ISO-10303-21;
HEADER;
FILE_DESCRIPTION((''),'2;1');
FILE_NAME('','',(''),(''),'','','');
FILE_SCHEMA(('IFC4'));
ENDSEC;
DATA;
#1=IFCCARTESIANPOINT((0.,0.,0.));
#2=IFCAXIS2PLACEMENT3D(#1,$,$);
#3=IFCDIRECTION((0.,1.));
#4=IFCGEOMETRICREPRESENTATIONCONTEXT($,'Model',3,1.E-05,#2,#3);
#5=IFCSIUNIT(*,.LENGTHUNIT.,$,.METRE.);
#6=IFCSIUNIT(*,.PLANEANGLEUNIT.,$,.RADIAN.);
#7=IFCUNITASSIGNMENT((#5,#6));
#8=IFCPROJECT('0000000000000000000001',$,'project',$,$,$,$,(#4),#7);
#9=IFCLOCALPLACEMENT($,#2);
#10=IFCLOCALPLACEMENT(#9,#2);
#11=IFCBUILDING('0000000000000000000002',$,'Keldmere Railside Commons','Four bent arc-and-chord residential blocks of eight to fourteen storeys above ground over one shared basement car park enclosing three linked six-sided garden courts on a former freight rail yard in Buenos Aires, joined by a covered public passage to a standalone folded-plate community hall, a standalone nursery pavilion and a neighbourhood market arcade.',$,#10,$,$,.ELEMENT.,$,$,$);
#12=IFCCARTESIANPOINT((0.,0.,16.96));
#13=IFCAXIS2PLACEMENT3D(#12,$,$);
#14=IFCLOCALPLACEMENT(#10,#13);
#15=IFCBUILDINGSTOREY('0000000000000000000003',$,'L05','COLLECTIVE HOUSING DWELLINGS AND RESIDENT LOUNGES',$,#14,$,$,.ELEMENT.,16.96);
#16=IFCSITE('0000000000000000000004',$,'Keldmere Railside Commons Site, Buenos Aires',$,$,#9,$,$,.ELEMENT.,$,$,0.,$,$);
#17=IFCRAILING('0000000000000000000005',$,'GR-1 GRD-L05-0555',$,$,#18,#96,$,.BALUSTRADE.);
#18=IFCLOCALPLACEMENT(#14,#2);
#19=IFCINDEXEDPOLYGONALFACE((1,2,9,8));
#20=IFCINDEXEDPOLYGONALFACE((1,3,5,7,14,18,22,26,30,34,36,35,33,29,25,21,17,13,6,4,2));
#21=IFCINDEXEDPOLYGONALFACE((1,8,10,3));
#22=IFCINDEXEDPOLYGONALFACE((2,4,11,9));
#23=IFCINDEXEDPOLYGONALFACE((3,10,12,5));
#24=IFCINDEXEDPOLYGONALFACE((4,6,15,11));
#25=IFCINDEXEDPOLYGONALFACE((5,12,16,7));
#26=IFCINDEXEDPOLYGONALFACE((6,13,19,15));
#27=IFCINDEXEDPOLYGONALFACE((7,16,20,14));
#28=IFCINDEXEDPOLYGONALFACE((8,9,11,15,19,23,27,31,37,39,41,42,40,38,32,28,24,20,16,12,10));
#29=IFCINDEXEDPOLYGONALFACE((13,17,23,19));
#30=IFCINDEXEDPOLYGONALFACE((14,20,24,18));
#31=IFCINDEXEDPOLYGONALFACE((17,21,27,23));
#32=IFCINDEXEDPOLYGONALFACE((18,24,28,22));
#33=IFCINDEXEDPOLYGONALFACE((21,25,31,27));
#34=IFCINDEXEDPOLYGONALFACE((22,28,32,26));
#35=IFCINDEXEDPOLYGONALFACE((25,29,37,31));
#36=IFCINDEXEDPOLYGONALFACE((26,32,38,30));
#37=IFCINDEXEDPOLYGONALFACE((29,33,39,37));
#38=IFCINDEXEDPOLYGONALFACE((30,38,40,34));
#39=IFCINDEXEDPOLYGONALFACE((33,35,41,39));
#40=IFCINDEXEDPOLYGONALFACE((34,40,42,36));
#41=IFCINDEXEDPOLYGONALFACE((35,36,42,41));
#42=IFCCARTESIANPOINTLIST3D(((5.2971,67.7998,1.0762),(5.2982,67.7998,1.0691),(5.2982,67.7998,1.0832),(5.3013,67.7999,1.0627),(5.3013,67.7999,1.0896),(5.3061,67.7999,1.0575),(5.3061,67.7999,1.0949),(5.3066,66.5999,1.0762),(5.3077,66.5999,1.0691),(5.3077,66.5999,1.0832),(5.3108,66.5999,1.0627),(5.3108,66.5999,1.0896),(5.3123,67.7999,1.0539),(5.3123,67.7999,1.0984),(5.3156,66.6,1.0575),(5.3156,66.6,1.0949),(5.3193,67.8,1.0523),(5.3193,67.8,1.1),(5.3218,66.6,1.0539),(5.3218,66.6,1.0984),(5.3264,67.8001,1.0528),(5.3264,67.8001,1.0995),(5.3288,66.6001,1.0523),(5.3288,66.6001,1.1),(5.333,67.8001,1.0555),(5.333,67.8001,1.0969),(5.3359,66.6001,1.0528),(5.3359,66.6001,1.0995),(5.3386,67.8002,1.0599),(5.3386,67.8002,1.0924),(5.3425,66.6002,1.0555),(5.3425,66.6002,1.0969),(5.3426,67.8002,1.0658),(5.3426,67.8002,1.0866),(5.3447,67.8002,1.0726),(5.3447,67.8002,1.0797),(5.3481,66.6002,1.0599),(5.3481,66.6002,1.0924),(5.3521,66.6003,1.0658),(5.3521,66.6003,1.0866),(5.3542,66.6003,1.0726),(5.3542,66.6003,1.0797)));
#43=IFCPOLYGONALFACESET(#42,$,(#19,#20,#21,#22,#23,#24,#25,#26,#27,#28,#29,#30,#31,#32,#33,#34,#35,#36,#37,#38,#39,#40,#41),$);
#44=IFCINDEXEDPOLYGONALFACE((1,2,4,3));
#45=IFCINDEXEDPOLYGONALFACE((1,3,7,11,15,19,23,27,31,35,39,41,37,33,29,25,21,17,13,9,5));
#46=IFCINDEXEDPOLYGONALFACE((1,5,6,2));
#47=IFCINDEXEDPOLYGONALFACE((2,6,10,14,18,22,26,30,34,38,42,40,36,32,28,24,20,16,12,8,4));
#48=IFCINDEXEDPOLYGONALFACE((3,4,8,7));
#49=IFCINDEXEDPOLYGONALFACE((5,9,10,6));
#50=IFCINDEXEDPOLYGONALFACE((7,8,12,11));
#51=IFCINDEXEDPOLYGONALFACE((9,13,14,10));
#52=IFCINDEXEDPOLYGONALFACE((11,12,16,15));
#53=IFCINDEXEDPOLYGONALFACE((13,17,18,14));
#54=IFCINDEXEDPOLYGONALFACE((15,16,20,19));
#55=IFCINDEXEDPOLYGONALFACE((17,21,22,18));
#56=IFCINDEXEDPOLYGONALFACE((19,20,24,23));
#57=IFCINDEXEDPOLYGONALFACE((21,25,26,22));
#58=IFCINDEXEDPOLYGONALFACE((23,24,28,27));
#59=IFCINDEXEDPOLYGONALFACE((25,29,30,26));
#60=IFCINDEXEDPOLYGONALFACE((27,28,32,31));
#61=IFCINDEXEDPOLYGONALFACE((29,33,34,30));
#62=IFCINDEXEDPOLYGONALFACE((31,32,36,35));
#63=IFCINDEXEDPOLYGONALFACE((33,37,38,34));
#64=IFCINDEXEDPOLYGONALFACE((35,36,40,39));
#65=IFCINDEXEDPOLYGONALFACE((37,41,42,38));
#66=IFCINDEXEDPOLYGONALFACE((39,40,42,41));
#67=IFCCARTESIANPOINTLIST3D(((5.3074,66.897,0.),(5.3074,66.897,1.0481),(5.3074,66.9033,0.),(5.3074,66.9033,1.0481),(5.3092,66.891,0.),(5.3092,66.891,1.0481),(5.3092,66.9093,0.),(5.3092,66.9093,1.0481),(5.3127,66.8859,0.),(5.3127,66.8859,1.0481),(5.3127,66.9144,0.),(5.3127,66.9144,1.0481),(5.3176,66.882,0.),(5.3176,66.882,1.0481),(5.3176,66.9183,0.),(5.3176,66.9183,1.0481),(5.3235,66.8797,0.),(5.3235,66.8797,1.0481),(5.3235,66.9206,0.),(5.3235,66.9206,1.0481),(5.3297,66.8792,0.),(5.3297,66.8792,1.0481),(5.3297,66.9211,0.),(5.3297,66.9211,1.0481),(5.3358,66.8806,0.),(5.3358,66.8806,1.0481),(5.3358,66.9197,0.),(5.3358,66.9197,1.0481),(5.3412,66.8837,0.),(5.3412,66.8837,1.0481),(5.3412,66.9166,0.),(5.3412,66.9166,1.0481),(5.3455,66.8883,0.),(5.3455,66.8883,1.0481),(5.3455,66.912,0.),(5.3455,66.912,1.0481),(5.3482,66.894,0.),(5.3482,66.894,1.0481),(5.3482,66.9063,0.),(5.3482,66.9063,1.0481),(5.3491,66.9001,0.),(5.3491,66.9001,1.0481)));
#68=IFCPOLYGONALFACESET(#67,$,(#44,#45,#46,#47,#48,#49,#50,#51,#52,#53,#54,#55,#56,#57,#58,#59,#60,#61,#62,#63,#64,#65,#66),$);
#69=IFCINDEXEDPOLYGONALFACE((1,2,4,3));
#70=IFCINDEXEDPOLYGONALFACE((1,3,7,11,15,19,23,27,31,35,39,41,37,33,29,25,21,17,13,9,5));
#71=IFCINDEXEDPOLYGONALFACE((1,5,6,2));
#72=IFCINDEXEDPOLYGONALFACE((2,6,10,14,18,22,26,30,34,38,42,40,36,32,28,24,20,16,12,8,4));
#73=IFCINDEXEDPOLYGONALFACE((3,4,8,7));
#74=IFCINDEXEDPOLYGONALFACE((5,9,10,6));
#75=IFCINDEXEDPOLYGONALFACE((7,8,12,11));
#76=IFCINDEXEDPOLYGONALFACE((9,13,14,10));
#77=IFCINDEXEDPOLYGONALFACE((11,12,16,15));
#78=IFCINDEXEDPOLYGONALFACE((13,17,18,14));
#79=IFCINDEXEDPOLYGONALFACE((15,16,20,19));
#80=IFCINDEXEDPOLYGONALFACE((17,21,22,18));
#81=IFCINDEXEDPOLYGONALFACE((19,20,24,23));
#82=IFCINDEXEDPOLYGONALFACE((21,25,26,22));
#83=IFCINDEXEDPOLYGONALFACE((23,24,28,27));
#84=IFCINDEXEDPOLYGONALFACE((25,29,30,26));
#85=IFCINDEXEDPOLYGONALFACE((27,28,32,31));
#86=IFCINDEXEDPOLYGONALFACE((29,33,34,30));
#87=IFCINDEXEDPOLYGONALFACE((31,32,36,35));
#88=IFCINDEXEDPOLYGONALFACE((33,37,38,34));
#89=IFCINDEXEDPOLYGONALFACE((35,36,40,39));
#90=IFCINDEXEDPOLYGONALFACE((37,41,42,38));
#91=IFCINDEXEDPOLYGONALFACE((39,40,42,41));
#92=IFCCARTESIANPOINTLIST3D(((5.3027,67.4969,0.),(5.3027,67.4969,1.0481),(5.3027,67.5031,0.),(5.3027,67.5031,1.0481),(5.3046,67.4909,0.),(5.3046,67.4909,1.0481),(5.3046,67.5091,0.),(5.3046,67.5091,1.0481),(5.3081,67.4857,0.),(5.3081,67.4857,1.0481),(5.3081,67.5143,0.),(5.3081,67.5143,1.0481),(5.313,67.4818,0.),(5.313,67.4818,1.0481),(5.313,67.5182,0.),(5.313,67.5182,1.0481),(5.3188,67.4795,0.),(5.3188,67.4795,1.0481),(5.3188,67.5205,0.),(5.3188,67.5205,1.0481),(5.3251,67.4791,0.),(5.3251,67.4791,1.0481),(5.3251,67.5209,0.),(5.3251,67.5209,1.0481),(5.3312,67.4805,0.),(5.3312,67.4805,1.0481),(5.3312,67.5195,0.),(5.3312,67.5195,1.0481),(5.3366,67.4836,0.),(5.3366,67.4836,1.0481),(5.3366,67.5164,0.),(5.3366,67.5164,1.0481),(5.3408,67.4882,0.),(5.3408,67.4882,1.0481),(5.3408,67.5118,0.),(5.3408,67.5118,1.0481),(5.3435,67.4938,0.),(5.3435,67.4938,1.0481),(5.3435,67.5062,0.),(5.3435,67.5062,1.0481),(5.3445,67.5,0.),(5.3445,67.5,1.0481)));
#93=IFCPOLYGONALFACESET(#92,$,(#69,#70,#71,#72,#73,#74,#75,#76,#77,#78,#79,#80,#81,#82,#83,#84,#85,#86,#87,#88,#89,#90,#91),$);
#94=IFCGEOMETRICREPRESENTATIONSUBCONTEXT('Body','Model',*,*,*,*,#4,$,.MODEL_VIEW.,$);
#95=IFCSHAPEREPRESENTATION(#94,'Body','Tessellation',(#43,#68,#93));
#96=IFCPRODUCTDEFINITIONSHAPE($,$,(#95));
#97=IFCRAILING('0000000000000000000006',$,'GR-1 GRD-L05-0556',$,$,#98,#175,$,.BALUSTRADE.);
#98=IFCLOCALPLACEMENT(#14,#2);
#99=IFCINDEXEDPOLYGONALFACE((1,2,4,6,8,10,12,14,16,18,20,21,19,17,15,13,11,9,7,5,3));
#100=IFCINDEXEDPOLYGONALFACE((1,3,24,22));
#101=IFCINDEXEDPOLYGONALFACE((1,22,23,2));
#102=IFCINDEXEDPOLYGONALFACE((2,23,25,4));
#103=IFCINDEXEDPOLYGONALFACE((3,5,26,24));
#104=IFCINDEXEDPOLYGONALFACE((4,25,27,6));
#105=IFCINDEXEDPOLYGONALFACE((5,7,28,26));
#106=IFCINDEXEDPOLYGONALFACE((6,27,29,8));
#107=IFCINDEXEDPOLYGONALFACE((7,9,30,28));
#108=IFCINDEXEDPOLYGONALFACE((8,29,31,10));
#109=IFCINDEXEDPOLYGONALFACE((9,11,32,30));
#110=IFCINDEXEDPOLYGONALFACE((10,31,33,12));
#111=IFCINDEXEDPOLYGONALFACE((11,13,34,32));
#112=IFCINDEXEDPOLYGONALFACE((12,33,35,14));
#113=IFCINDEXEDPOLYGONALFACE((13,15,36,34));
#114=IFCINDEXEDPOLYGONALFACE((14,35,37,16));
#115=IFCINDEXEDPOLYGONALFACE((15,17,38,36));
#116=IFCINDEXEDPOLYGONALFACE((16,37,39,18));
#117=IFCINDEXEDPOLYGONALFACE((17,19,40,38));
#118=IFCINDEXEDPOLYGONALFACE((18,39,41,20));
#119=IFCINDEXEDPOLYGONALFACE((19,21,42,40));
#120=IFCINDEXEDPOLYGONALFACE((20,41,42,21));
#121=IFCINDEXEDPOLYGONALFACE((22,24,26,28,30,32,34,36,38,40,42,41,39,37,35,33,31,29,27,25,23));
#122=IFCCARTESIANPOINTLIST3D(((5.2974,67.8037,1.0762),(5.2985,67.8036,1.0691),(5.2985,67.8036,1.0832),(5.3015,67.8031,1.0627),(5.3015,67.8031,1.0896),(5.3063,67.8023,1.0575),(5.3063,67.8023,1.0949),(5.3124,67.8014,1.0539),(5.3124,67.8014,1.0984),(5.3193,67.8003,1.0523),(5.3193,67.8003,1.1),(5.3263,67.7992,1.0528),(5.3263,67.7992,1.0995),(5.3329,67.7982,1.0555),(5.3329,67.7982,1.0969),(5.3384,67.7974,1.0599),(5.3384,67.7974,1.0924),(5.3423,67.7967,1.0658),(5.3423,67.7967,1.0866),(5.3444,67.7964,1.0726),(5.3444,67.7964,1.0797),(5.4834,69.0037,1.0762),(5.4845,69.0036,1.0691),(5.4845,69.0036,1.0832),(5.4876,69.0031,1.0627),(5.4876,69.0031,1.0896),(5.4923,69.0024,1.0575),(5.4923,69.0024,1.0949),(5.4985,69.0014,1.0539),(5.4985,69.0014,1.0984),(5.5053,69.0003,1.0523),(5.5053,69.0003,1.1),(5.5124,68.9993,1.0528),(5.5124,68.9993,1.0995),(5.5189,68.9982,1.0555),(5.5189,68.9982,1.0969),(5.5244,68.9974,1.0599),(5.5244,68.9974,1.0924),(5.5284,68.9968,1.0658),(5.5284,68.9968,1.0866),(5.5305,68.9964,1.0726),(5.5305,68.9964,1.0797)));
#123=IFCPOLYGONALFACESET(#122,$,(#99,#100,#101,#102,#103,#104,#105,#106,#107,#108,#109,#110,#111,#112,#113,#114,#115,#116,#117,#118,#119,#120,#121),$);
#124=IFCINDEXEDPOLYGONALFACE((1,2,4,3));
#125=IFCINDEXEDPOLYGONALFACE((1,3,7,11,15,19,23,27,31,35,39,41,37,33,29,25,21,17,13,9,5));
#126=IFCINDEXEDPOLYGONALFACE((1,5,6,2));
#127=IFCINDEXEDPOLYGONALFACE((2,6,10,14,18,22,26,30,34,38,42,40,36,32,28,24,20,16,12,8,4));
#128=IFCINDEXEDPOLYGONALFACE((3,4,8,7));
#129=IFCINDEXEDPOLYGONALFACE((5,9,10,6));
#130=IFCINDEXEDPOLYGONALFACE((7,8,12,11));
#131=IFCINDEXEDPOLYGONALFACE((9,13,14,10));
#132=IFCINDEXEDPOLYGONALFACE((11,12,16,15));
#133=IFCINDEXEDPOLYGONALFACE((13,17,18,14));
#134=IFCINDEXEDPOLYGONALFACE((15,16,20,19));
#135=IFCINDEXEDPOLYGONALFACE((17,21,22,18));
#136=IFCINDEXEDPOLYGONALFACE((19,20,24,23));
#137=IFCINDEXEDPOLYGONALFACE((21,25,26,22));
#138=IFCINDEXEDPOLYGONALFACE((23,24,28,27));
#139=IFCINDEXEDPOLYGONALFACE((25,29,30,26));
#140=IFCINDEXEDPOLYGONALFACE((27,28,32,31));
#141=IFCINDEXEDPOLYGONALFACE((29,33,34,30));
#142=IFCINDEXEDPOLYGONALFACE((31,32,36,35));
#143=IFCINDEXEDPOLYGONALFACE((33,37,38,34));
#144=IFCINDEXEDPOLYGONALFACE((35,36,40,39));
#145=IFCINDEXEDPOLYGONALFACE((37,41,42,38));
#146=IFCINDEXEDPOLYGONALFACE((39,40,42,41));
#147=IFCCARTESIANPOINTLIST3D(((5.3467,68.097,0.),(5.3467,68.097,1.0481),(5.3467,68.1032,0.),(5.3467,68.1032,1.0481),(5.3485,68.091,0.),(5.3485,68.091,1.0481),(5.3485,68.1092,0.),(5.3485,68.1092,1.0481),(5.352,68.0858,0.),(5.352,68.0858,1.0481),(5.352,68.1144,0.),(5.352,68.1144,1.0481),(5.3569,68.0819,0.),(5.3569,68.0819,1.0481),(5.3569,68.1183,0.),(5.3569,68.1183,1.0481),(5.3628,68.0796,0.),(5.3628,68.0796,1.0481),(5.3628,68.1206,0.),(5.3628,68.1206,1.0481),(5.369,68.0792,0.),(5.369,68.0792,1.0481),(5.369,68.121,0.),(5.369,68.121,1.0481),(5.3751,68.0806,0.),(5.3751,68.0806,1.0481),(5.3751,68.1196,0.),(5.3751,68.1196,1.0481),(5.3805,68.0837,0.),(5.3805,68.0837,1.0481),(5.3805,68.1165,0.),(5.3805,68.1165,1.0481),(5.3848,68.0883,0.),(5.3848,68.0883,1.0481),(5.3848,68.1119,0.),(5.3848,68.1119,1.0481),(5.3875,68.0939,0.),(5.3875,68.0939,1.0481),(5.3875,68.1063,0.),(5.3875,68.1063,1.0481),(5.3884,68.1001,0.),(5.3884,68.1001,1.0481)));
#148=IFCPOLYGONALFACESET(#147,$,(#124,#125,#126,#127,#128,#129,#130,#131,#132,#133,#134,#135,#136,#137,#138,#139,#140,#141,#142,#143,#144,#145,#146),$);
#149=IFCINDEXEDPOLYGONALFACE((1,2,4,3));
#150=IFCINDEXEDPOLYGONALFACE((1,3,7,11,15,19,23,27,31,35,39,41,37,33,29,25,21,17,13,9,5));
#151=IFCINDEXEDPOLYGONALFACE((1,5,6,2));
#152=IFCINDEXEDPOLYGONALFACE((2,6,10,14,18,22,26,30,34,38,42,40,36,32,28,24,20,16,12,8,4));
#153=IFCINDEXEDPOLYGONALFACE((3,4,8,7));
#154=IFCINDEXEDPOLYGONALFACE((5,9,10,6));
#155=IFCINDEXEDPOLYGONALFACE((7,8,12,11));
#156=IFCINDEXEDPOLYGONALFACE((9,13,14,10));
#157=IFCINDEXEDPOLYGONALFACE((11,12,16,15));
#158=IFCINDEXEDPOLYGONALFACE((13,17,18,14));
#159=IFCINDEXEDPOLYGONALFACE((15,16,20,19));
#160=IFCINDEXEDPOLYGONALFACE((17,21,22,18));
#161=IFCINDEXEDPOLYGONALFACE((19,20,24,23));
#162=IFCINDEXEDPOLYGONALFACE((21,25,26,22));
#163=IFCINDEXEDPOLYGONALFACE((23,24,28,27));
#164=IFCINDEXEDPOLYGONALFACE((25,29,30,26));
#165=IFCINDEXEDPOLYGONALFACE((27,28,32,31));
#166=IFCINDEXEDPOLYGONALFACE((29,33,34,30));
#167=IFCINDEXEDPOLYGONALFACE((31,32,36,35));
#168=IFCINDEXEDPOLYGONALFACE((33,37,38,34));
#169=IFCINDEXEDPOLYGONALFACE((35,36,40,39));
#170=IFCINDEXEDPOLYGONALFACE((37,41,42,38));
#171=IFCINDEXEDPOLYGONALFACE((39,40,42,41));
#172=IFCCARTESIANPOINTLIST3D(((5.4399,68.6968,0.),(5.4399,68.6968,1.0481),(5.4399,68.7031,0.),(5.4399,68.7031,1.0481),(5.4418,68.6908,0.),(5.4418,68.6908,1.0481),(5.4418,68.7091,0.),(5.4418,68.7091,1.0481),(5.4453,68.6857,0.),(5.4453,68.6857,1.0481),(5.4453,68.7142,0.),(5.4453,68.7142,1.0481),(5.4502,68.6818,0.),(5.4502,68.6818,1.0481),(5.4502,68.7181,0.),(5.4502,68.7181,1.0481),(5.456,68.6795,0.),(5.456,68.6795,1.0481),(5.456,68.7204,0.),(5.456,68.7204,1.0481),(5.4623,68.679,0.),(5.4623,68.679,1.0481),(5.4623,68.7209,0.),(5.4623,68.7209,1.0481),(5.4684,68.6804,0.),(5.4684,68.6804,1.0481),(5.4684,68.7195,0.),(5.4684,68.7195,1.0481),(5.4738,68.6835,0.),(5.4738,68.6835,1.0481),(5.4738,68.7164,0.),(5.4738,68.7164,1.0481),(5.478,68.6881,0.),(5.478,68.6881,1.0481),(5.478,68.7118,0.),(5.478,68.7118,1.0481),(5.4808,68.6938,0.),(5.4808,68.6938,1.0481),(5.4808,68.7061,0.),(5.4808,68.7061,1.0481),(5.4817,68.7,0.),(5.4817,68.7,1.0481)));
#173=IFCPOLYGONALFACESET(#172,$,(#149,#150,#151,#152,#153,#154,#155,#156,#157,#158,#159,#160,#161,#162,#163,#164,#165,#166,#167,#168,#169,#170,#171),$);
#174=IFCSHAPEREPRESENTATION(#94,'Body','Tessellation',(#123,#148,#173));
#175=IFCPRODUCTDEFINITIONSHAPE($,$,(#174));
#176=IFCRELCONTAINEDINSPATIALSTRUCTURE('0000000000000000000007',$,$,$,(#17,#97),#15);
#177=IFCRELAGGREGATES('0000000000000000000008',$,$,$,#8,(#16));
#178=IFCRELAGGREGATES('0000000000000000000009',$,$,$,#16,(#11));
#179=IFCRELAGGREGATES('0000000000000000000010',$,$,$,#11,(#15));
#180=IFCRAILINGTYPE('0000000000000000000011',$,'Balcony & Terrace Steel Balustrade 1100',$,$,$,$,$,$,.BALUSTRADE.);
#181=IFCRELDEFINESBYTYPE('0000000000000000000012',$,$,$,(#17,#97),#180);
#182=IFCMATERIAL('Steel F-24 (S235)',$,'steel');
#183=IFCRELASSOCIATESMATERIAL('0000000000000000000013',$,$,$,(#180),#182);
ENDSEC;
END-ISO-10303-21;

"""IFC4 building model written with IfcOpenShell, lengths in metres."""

from ifc_helpers import new_model, si_unit, direction, frame, origin, origin_2d, place, context, subcontext, project, spatial, circle, extrude, material, type_object, element, save


model = new_model("IFC4")

# Units and contexts
model_context = context("Model", 3, precision=1e-05, world=origin(), true_north=direction((0.0, 1.0)))
body_context = subcontext(model_context, "Body", "Model", "MODEL_VIEW")
ifc_project = project(units=[si_unit("LENGTHUNIT", "METRE"), si_unit("PLANEANGLEUNIT", "RADIAN")], contexts=[model_context])

# Site, building, storey
site_placement = place(None, origin())
site = spatial("IfcSite", under=ifc_project, at=site_placement, Name="Keldmere Railside Commons Site, Buenos Aires", CompositionType="ELEMENT", RefElevation=0.0)
building_placement = place(site_placement, origin())
building = spatial("IfcBuilding", under=site, at=building_placement, Name="Keldmere Railside Commons", Description="Four bent arc-and-chord residential blocks of eight to fourteen storeys above ground over one shared basement car park enclosing three linked six-sided garden courts on a former freight rail yard in Buenos Aires, joined by a covered public passage to a standalone folded-plate community hall, a standalone nursery pavilion and a neighbourhood market arcade.", CompositionType="ELEMENT")
storey_placement = place(building_placement, frame((0.0, 0.0, 16.96)))
storey = spatial("IfcBuildingStorey", under=building, at=storey_placement, Name="L05", Description="COLLECTIVE HOUSING DWELLINGS AND RESIDENT LOUNGES", CompositionType="ELEMENT", Elevation=16.96)

# Railings
ifc_material_1 = material(Name="Steel F-24 (S235)", Category="steel")
railing_type_1 = type_object("IfcRailingType", Name="Balcony & Terrace Steel Balustrade 1100", PredefinedType="BALUSTRADE", material=ifc_material_1)
railing_1_placement = place(storey_placement, frame((5.3306, 66.6001, 0.0)))
element("IfcRailing", 1, at=railing_1_placement, inside=storey, type_object=railing_type_1, Name="GR-1 GRD-L05-0555", PredefinedType="BALUSTRADE", context=body_context, shape_type="SweptSolid", body=[
    extrude(circle(Radius=0.0239, at=origin_2d()), frame((0.0, 0.0, 1.0762), z_axis=(-0.007935, 0.999969, 0.0), x_axis=(-0.999969, -0.007935, 0.0)), (0.0, 0.0, 1.0), 1.2),
    extrude(circle(Radius=0.021, at=origin_2d()), frame((-0.0024, 0.3, 0.0)), (0.0, 0.0, 1.0), 1.0481),
    extrude(circle(Radius=0.021, at=origin_2d()), frame((-0.0071, 0.8999, 0.0)), (0.0, 0.0, 1.0), 1.0481),
])
railing_2_placement = place(storey_placement, frame((5.321, 67.8, 0.0)))
element("IfcRailing", 2, at=railing_2_placement, inside=storey, type_object=railing_type_1, Name="GR-1 GRD-L05-0556", PredefinedType="BALUSTRADE", context=body_context, shape_type="SweptSolid", body=[
    extrude(circle(Radius=0.0239, at=origin_2d()), frame((0.0, 0.0, 1.0762), z_axis=(0.153205, 0.988194, 0.0), x_axis=(-0.988194, 0.153205, 0.0)), (0.0, 0.0, 1.0), 1.2144),
    extrude(circle(Radius=0.021, at=origin_2d()), frame((0.0464, 0.3, 0.0)), (0.0, 0.0, 1.0), 1.0481),
    extrude(circle(Radius=0.021, at=origin_2d()), frame((0.1396, 0.8999, 0.0)), (0.0, 0.0, 1.0), 1.0481),
])

save(model, "model.ifc")
